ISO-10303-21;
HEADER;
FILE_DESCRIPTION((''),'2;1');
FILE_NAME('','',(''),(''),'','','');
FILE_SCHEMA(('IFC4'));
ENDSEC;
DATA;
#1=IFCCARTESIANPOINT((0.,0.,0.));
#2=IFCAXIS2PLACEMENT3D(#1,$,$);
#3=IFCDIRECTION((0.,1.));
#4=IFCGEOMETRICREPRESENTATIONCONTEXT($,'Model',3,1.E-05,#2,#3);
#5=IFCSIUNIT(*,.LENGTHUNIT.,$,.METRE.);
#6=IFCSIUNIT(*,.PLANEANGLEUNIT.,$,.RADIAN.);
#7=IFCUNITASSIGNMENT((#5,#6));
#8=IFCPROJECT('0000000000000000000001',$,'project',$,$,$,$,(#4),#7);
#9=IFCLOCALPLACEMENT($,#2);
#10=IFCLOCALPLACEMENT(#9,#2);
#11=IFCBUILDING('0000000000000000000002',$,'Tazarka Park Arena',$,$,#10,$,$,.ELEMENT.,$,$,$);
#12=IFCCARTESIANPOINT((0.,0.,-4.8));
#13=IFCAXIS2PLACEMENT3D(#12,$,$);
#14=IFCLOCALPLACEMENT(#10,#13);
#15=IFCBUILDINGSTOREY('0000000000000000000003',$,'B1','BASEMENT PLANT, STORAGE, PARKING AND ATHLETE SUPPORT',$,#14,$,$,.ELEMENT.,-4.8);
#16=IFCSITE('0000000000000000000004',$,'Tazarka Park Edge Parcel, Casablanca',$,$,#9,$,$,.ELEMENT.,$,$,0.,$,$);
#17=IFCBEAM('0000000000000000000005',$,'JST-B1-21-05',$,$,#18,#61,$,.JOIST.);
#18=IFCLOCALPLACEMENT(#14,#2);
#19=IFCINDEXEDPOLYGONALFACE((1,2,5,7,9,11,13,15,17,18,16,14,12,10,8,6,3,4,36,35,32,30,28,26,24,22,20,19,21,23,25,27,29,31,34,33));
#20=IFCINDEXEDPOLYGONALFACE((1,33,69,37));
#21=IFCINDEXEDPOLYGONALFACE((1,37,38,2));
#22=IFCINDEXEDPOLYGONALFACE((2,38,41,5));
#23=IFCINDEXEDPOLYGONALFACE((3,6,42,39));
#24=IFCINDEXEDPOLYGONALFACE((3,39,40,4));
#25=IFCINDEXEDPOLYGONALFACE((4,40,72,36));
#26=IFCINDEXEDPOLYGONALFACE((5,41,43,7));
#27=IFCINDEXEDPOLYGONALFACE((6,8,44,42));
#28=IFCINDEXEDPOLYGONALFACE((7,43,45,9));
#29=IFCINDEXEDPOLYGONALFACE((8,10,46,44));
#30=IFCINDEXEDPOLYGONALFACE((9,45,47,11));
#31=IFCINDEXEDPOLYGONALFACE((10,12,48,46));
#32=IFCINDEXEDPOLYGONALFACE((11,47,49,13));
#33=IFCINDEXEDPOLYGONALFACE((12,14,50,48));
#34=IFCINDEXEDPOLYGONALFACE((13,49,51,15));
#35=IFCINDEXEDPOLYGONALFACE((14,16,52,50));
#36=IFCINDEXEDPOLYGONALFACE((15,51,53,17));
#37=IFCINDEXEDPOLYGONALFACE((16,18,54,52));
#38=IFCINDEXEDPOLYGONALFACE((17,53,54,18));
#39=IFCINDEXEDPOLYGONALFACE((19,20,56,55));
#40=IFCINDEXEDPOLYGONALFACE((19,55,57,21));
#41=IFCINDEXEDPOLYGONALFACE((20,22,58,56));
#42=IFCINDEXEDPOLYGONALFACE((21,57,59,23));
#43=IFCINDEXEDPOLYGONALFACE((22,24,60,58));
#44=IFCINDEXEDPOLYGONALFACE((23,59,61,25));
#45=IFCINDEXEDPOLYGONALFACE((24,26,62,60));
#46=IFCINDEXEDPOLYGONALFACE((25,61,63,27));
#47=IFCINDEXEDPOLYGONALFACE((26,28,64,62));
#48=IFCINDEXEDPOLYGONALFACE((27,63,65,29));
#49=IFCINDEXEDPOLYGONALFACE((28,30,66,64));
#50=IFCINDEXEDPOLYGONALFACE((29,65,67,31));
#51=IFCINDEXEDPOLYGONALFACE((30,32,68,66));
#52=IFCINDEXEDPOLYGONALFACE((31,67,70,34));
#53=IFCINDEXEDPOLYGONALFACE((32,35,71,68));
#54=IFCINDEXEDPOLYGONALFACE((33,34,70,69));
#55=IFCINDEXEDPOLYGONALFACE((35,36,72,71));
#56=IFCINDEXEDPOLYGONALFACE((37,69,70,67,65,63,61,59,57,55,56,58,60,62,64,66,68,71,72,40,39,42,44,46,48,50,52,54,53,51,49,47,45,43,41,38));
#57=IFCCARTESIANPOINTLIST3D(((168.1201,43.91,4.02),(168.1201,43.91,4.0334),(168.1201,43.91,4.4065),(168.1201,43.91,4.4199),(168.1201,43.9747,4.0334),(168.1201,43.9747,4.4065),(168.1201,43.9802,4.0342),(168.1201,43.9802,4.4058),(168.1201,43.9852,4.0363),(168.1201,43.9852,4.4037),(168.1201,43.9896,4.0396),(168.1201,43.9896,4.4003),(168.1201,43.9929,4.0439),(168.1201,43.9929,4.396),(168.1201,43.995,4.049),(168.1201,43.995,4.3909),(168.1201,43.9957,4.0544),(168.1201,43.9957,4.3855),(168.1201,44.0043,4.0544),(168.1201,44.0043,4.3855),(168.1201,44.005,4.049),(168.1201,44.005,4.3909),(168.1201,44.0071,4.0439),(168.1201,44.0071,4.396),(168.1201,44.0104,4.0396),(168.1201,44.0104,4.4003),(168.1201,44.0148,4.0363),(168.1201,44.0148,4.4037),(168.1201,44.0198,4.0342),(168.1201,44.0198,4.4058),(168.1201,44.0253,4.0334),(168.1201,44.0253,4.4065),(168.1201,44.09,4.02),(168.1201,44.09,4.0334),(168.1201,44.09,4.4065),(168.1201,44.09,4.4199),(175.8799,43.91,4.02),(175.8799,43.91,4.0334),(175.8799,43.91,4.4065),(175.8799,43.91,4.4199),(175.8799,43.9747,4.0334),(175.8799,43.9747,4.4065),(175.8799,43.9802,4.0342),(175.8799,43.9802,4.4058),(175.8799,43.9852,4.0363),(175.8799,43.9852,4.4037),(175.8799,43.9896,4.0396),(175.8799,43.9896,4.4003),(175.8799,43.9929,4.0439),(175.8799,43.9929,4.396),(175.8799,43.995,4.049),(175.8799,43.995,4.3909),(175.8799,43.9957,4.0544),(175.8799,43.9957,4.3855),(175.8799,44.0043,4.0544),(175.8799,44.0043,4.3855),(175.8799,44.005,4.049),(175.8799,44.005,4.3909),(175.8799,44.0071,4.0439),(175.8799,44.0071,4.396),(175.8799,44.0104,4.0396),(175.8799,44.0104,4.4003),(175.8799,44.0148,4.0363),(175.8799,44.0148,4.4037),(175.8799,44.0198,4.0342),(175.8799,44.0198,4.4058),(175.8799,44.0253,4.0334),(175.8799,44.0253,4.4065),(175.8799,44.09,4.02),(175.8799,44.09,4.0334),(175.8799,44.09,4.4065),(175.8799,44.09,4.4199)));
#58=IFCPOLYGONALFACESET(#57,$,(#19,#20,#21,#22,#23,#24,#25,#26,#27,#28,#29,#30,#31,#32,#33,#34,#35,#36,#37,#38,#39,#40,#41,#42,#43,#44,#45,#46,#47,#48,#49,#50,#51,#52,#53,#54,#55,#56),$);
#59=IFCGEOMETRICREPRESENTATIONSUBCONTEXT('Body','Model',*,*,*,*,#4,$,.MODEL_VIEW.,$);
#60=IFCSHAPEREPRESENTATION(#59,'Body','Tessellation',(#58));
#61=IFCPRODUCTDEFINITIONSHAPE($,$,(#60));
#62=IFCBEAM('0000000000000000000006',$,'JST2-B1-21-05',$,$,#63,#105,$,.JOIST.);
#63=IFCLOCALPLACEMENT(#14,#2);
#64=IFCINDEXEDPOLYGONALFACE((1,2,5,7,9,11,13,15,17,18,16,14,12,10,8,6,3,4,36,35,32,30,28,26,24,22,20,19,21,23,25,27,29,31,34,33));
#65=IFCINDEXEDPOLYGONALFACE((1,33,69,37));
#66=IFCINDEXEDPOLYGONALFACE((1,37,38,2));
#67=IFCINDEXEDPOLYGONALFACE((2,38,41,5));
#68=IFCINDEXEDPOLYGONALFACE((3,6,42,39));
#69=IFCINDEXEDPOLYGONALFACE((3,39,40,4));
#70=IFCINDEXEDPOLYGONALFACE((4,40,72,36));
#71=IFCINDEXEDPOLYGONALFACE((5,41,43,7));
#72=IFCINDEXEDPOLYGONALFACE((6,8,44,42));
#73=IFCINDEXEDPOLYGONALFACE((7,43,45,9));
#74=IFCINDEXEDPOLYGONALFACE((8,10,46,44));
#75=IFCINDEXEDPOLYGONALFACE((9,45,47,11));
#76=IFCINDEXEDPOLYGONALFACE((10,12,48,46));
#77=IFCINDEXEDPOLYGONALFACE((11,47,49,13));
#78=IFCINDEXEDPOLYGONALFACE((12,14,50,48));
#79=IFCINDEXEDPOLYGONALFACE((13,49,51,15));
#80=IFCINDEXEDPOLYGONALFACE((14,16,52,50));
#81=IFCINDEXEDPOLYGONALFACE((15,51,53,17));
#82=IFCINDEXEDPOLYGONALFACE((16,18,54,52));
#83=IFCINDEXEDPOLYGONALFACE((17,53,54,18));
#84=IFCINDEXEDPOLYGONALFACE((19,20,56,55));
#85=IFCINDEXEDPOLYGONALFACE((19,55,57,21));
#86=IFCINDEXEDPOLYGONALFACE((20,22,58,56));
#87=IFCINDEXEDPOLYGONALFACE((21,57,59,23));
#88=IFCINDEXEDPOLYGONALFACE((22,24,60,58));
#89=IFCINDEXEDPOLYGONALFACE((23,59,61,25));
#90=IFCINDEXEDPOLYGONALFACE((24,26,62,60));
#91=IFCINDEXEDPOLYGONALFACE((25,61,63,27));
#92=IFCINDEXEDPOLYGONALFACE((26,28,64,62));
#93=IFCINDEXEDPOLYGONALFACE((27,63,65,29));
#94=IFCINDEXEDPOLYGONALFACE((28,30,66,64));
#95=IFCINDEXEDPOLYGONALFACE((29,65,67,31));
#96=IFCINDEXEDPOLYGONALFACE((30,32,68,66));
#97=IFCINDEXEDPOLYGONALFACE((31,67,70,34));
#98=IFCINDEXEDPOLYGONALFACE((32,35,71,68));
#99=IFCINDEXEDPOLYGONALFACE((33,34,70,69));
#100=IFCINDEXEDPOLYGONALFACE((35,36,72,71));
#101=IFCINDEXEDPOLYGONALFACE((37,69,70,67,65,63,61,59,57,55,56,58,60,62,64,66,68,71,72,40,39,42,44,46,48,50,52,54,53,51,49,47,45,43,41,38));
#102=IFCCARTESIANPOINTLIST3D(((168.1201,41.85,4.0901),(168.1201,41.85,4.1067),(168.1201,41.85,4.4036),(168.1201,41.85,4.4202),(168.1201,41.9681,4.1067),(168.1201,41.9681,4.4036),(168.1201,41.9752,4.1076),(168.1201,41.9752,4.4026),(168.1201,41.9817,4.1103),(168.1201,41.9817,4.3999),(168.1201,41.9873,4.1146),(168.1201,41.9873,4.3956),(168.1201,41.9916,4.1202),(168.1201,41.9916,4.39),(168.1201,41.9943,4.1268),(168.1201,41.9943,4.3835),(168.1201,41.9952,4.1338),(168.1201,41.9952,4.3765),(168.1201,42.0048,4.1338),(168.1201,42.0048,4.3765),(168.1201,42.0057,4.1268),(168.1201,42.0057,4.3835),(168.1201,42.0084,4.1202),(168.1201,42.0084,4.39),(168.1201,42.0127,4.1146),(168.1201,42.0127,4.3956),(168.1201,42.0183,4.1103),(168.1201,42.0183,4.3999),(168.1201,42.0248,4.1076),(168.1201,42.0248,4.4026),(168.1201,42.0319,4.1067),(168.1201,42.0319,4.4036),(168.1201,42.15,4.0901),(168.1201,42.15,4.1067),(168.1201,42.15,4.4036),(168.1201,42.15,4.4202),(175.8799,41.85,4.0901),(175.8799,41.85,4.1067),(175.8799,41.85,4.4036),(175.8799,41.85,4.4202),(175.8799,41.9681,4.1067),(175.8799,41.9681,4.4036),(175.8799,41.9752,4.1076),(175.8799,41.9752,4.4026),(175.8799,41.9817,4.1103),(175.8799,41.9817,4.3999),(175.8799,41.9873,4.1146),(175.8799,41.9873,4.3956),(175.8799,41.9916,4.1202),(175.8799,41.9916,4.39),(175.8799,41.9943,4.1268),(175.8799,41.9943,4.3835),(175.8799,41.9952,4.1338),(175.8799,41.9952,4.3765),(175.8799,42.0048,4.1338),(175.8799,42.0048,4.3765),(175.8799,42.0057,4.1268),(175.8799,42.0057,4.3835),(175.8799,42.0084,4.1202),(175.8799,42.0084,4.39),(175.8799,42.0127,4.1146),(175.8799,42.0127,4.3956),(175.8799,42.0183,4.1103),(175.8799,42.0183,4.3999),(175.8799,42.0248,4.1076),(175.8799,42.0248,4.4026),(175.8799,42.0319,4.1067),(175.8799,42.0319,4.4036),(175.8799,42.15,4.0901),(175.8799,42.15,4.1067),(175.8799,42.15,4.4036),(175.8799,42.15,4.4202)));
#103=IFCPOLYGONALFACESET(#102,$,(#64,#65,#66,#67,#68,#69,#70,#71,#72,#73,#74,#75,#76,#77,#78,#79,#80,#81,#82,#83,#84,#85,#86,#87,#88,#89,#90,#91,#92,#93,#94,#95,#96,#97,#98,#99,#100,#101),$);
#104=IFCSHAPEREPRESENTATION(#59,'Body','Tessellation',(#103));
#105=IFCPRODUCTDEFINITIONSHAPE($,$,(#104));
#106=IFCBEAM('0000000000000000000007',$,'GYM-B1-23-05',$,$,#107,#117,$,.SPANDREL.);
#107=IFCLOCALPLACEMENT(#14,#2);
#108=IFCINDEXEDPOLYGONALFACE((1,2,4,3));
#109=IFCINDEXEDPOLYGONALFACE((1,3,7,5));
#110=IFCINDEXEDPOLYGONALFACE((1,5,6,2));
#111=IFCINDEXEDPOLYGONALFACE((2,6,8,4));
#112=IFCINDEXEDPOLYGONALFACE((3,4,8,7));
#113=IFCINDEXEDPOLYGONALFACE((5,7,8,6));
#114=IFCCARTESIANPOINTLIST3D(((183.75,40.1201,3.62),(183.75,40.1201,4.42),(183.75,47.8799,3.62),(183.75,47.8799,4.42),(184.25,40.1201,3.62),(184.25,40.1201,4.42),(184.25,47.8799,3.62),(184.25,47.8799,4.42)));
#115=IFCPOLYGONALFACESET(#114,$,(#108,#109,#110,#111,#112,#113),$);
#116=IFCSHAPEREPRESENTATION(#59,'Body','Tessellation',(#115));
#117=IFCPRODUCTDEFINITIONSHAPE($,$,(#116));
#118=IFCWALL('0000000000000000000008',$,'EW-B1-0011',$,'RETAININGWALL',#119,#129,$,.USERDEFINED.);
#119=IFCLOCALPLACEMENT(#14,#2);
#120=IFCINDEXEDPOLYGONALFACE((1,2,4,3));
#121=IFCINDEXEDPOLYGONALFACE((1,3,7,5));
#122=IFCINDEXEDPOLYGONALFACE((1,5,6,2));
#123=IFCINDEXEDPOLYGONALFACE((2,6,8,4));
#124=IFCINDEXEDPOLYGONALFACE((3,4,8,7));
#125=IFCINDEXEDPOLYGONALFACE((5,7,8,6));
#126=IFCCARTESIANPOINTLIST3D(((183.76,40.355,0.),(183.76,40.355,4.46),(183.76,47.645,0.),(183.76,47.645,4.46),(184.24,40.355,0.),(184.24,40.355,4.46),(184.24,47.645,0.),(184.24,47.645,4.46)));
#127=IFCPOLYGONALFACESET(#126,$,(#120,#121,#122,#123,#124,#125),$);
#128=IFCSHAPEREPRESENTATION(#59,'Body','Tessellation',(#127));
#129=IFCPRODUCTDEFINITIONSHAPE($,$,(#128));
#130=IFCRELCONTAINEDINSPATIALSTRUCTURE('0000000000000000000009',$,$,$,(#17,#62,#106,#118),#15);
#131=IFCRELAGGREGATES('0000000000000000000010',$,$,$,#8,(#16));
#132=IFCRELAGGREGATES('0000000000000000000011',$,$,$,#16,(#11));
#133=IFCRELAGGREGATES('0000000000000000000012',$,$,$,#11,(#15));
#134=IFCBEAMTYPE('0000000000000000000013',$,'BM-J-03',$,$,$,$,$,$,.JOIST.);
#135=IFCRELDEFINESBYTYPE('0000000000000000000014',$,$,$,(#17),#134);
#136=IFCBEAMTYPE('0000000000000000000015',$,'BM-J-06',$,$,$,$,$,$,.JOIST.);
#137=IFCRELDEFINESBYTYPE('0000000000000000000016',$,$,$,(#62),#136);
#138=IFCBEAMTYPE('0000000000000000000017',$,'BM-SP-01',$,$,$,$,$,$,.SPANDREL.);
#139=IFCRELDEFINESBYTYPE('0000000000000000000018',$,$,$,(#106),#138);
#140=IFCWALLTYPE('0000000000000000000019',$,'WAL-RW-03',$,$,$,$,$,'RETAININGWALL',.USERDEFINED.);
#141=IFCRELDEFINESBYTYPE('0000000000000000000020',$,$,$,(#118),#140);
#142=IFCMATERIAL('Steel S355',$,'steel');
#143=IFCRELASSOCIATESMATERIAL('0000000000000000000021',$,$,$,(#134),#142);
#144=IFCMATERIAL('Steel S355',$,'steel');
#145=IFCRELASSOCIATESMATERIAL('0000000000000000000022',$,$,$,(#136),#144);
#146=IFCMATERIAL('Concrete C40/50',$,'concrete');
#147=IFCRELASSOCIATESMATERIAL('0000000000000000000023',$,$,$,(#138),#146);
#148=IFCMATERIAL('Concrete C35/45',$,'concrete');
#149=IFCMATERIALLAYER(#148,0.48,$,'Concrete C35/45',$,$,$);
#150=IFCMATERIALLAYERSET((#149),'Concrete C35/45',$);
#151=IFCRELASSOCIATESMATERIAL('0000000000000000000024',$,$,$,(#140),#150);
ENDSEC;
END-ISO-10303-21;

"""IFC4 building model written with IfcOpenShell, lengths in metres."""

from ifc_helpers import new_model, si_unit, direction, frame, frame_2d, origin, origin_2d, place, context, subcontext, project, spatial, rectangle, i_section, extrude, material, layer, layer_set, material_profile, profile_set, type_object, element, save


model = new_model("IFC4")

# Units and contexts
model_context = context("Model", 3, precision=1e-05, world=origin(), true_north=direction((0.0, 1.0)))
body_context = subcontext(model_context, "Body", "Model", "MODEL_VIEW")
ifc_project = project(units=[si_unit("LENGTHUNIT", "METRE"), si_unit("PLANEANGLEUNIT", "RADIAN")], contexts=[model_context])

# Site, building, storey
site_placement = place(None, origin())
site = spatial("IfcSite", under=ifc_project, at=site_placement, Name="Tazarka Park Edge Parcel, Casablanca", CompositionType="ELEMENT", RefElevation=0.0)
building_placement = place(site_placement, origin())
building = spatial("IfcBuilding", under=site, at=building_placement, Name="Tazarka Park Arena", CompositionType="ELEMENT")
storey_placement = place(building_placement, frame((0.0, 0.0, -4.8)))
storey = spatial("IfcBuildingStorey", under=building, at=storey_placement, Name="B1", Description="BASEMENT PLANT, STORAGE, PARKING AND ATHLETE SUPPORT", CompositionType="ELEMENT", Elevation=-4.8)

# Beams
ifc_material_1 = material(Name="Steel S355", Category="steel")
ifc_material_profile_1 = material_profile(ifc_material_1, i_section(OverallWidth=0.1799, OverallDepth=0.3999, WebThickness=0.0085, FlangeThickness=0.0134, FilletRadius=0.021, at=origin_2d()), Name="Steel S355")
ifc_profile_set_1 = profile_set([ifc_material_profile_1], Name="Steel S355")
beam_type_1 = type_object("IfcBeamType", Name="BM-J-03", PredefinedType="JOIST", material=ifc_profile_set_1)
beam_1_placement = place(storey_placement, frame((168.1201, 44.0, 4.22), z_axis=(1.0, 0.0, 0.0), x_axis=(0.0, 1.0, 0.0)))
element("IfcBeam", 1, at=beam_1_placement, inside=storey, type_object=beam_type_1, Name="JST-B1-21-05", PredefinedType="JOIST", context=body_context, shape_type="SweptSolid", body=[
    extrude(i_section(OverallWidth=0.1799, OverallDepth=0.3999, WebThickness=0.0085, FlangeThickness=0.0134, FilletRadius=0.021, at=origin_2d()), origin(), (0.0, 0.0, 1.0), 7.7598),
])
ifc_material_2 = material(Name="Steel S355", Category="steel")
ifc_material_profile_2 = material_profile(ifc_material_2, i_section(OverallWidth=0.3, OverallDepth=0.3301, WebThickness=0.0095, FlangeThickness=0.0166, FilletRadius=0.0271, at=origin_2d()), Name="Steel S355")
ifc_profile_set_2 = profile_set([ifc_material_profile_2], Name="Steel S355")
beam_type_2 = type_object("IfcBeamType", Name="BM-J-06", PredefinedType="JOIST", material=ifc_profile_set_2)
beam_2_placement = place(storey_placement, frame((168.1201, 42.0, 4.2551), z_axis=(1.0, 0.0, 0.0), x_axis=(0.0, 1.0, 0.0)))
element("IfcBeam", 2, at=beam_2_placement, inside=storey, type_object=beam_type_2, Name="JST2-B1-21-05", PredefinedType="JOIST", context=body_context, shape_type="SweptSolid", body=[
    extrude(i_section(OverallWidth=0.3, OverallDepth=0.3301, WebThickness=0.0095, FlangeThickness=0.0166, FilletRadius=0.0271, at=origin_2d()), origin(), (0.0, 0.0, 1.0), 7.7598),
])
ifc_material_3 = material(Name="Concrete C40/50", Category="concrete")
ifc_material_profile_3 = material_profile(ifc_material_3, rectangle(XDim=0.5, YDim=0.8, at=origin_2d()), Name="Concrete C40/50")
ifc_profile_set_3 = profile_set([ifc_material_profile_3], Name="Concrete C40/50")
beam_type_3 = type_object("IfcBeamType", Name="BM-SP-01", PredefinedType="SPANDREL", material=ifc_profile_set_3)
beam_3_placement = place(storey_placement, frame((184.0, 40.1201, 4.02), z_axis=(0.0, 1.0, 0.0), x_axis=(-1.0, 0.0, 0.0)))
element("IfcBeam", 3, at=beam_3_placement, inside=storey, type_object=beam_type_3, Name="GYM-B1-23-05", PredefinedType="SPANDREL", context=body_context, shape_type="SweptSolid", body=[
    extrude(rectangle(XDim=0.5, YDim=0.8, at=origin_2d()), origin(), (0.0, 0.0, 1.0), 7.7598),
])

# Wall
ifc_material_4 = material(Name="Concrete C35/45", Category="concrete")
ifc_layer = layer(ifc_material_4, 0.48, Name="Concrete C35/45")
ifc_layer_set = layer_set([ifc_layer], Name="Concrete C35/45")
wall_type = type_object("IfcWallType", Name="WAL-RW-03", ElementType="RETAININGWALL", PredefinedType="USERDEFINED", material=ifc_layer_set)
wall_placement = place(storey_placement, frame((184.0, 47.645, 0.0), z_axis=(0.0, 0.0, 1.0), x_axis=(0.0, -1.0, 0.0)))
element("IfcWall", 4, at=wall_placement, inside=storey, type_object=wall_type, Name="EW-B1-0011", ObjectType="RETAININGWALL", PredefinedType="USERDEFINED", context=body_context, shape_type="SweptSolid", body=[
    extrude(rectangle(XDim=7.29, YDim=0.48, at=frame_2d((3.645, 0.0))), origin(), (0.0, 0.0, 1.0), 4.46),
])

save(model, "model.ifc")
